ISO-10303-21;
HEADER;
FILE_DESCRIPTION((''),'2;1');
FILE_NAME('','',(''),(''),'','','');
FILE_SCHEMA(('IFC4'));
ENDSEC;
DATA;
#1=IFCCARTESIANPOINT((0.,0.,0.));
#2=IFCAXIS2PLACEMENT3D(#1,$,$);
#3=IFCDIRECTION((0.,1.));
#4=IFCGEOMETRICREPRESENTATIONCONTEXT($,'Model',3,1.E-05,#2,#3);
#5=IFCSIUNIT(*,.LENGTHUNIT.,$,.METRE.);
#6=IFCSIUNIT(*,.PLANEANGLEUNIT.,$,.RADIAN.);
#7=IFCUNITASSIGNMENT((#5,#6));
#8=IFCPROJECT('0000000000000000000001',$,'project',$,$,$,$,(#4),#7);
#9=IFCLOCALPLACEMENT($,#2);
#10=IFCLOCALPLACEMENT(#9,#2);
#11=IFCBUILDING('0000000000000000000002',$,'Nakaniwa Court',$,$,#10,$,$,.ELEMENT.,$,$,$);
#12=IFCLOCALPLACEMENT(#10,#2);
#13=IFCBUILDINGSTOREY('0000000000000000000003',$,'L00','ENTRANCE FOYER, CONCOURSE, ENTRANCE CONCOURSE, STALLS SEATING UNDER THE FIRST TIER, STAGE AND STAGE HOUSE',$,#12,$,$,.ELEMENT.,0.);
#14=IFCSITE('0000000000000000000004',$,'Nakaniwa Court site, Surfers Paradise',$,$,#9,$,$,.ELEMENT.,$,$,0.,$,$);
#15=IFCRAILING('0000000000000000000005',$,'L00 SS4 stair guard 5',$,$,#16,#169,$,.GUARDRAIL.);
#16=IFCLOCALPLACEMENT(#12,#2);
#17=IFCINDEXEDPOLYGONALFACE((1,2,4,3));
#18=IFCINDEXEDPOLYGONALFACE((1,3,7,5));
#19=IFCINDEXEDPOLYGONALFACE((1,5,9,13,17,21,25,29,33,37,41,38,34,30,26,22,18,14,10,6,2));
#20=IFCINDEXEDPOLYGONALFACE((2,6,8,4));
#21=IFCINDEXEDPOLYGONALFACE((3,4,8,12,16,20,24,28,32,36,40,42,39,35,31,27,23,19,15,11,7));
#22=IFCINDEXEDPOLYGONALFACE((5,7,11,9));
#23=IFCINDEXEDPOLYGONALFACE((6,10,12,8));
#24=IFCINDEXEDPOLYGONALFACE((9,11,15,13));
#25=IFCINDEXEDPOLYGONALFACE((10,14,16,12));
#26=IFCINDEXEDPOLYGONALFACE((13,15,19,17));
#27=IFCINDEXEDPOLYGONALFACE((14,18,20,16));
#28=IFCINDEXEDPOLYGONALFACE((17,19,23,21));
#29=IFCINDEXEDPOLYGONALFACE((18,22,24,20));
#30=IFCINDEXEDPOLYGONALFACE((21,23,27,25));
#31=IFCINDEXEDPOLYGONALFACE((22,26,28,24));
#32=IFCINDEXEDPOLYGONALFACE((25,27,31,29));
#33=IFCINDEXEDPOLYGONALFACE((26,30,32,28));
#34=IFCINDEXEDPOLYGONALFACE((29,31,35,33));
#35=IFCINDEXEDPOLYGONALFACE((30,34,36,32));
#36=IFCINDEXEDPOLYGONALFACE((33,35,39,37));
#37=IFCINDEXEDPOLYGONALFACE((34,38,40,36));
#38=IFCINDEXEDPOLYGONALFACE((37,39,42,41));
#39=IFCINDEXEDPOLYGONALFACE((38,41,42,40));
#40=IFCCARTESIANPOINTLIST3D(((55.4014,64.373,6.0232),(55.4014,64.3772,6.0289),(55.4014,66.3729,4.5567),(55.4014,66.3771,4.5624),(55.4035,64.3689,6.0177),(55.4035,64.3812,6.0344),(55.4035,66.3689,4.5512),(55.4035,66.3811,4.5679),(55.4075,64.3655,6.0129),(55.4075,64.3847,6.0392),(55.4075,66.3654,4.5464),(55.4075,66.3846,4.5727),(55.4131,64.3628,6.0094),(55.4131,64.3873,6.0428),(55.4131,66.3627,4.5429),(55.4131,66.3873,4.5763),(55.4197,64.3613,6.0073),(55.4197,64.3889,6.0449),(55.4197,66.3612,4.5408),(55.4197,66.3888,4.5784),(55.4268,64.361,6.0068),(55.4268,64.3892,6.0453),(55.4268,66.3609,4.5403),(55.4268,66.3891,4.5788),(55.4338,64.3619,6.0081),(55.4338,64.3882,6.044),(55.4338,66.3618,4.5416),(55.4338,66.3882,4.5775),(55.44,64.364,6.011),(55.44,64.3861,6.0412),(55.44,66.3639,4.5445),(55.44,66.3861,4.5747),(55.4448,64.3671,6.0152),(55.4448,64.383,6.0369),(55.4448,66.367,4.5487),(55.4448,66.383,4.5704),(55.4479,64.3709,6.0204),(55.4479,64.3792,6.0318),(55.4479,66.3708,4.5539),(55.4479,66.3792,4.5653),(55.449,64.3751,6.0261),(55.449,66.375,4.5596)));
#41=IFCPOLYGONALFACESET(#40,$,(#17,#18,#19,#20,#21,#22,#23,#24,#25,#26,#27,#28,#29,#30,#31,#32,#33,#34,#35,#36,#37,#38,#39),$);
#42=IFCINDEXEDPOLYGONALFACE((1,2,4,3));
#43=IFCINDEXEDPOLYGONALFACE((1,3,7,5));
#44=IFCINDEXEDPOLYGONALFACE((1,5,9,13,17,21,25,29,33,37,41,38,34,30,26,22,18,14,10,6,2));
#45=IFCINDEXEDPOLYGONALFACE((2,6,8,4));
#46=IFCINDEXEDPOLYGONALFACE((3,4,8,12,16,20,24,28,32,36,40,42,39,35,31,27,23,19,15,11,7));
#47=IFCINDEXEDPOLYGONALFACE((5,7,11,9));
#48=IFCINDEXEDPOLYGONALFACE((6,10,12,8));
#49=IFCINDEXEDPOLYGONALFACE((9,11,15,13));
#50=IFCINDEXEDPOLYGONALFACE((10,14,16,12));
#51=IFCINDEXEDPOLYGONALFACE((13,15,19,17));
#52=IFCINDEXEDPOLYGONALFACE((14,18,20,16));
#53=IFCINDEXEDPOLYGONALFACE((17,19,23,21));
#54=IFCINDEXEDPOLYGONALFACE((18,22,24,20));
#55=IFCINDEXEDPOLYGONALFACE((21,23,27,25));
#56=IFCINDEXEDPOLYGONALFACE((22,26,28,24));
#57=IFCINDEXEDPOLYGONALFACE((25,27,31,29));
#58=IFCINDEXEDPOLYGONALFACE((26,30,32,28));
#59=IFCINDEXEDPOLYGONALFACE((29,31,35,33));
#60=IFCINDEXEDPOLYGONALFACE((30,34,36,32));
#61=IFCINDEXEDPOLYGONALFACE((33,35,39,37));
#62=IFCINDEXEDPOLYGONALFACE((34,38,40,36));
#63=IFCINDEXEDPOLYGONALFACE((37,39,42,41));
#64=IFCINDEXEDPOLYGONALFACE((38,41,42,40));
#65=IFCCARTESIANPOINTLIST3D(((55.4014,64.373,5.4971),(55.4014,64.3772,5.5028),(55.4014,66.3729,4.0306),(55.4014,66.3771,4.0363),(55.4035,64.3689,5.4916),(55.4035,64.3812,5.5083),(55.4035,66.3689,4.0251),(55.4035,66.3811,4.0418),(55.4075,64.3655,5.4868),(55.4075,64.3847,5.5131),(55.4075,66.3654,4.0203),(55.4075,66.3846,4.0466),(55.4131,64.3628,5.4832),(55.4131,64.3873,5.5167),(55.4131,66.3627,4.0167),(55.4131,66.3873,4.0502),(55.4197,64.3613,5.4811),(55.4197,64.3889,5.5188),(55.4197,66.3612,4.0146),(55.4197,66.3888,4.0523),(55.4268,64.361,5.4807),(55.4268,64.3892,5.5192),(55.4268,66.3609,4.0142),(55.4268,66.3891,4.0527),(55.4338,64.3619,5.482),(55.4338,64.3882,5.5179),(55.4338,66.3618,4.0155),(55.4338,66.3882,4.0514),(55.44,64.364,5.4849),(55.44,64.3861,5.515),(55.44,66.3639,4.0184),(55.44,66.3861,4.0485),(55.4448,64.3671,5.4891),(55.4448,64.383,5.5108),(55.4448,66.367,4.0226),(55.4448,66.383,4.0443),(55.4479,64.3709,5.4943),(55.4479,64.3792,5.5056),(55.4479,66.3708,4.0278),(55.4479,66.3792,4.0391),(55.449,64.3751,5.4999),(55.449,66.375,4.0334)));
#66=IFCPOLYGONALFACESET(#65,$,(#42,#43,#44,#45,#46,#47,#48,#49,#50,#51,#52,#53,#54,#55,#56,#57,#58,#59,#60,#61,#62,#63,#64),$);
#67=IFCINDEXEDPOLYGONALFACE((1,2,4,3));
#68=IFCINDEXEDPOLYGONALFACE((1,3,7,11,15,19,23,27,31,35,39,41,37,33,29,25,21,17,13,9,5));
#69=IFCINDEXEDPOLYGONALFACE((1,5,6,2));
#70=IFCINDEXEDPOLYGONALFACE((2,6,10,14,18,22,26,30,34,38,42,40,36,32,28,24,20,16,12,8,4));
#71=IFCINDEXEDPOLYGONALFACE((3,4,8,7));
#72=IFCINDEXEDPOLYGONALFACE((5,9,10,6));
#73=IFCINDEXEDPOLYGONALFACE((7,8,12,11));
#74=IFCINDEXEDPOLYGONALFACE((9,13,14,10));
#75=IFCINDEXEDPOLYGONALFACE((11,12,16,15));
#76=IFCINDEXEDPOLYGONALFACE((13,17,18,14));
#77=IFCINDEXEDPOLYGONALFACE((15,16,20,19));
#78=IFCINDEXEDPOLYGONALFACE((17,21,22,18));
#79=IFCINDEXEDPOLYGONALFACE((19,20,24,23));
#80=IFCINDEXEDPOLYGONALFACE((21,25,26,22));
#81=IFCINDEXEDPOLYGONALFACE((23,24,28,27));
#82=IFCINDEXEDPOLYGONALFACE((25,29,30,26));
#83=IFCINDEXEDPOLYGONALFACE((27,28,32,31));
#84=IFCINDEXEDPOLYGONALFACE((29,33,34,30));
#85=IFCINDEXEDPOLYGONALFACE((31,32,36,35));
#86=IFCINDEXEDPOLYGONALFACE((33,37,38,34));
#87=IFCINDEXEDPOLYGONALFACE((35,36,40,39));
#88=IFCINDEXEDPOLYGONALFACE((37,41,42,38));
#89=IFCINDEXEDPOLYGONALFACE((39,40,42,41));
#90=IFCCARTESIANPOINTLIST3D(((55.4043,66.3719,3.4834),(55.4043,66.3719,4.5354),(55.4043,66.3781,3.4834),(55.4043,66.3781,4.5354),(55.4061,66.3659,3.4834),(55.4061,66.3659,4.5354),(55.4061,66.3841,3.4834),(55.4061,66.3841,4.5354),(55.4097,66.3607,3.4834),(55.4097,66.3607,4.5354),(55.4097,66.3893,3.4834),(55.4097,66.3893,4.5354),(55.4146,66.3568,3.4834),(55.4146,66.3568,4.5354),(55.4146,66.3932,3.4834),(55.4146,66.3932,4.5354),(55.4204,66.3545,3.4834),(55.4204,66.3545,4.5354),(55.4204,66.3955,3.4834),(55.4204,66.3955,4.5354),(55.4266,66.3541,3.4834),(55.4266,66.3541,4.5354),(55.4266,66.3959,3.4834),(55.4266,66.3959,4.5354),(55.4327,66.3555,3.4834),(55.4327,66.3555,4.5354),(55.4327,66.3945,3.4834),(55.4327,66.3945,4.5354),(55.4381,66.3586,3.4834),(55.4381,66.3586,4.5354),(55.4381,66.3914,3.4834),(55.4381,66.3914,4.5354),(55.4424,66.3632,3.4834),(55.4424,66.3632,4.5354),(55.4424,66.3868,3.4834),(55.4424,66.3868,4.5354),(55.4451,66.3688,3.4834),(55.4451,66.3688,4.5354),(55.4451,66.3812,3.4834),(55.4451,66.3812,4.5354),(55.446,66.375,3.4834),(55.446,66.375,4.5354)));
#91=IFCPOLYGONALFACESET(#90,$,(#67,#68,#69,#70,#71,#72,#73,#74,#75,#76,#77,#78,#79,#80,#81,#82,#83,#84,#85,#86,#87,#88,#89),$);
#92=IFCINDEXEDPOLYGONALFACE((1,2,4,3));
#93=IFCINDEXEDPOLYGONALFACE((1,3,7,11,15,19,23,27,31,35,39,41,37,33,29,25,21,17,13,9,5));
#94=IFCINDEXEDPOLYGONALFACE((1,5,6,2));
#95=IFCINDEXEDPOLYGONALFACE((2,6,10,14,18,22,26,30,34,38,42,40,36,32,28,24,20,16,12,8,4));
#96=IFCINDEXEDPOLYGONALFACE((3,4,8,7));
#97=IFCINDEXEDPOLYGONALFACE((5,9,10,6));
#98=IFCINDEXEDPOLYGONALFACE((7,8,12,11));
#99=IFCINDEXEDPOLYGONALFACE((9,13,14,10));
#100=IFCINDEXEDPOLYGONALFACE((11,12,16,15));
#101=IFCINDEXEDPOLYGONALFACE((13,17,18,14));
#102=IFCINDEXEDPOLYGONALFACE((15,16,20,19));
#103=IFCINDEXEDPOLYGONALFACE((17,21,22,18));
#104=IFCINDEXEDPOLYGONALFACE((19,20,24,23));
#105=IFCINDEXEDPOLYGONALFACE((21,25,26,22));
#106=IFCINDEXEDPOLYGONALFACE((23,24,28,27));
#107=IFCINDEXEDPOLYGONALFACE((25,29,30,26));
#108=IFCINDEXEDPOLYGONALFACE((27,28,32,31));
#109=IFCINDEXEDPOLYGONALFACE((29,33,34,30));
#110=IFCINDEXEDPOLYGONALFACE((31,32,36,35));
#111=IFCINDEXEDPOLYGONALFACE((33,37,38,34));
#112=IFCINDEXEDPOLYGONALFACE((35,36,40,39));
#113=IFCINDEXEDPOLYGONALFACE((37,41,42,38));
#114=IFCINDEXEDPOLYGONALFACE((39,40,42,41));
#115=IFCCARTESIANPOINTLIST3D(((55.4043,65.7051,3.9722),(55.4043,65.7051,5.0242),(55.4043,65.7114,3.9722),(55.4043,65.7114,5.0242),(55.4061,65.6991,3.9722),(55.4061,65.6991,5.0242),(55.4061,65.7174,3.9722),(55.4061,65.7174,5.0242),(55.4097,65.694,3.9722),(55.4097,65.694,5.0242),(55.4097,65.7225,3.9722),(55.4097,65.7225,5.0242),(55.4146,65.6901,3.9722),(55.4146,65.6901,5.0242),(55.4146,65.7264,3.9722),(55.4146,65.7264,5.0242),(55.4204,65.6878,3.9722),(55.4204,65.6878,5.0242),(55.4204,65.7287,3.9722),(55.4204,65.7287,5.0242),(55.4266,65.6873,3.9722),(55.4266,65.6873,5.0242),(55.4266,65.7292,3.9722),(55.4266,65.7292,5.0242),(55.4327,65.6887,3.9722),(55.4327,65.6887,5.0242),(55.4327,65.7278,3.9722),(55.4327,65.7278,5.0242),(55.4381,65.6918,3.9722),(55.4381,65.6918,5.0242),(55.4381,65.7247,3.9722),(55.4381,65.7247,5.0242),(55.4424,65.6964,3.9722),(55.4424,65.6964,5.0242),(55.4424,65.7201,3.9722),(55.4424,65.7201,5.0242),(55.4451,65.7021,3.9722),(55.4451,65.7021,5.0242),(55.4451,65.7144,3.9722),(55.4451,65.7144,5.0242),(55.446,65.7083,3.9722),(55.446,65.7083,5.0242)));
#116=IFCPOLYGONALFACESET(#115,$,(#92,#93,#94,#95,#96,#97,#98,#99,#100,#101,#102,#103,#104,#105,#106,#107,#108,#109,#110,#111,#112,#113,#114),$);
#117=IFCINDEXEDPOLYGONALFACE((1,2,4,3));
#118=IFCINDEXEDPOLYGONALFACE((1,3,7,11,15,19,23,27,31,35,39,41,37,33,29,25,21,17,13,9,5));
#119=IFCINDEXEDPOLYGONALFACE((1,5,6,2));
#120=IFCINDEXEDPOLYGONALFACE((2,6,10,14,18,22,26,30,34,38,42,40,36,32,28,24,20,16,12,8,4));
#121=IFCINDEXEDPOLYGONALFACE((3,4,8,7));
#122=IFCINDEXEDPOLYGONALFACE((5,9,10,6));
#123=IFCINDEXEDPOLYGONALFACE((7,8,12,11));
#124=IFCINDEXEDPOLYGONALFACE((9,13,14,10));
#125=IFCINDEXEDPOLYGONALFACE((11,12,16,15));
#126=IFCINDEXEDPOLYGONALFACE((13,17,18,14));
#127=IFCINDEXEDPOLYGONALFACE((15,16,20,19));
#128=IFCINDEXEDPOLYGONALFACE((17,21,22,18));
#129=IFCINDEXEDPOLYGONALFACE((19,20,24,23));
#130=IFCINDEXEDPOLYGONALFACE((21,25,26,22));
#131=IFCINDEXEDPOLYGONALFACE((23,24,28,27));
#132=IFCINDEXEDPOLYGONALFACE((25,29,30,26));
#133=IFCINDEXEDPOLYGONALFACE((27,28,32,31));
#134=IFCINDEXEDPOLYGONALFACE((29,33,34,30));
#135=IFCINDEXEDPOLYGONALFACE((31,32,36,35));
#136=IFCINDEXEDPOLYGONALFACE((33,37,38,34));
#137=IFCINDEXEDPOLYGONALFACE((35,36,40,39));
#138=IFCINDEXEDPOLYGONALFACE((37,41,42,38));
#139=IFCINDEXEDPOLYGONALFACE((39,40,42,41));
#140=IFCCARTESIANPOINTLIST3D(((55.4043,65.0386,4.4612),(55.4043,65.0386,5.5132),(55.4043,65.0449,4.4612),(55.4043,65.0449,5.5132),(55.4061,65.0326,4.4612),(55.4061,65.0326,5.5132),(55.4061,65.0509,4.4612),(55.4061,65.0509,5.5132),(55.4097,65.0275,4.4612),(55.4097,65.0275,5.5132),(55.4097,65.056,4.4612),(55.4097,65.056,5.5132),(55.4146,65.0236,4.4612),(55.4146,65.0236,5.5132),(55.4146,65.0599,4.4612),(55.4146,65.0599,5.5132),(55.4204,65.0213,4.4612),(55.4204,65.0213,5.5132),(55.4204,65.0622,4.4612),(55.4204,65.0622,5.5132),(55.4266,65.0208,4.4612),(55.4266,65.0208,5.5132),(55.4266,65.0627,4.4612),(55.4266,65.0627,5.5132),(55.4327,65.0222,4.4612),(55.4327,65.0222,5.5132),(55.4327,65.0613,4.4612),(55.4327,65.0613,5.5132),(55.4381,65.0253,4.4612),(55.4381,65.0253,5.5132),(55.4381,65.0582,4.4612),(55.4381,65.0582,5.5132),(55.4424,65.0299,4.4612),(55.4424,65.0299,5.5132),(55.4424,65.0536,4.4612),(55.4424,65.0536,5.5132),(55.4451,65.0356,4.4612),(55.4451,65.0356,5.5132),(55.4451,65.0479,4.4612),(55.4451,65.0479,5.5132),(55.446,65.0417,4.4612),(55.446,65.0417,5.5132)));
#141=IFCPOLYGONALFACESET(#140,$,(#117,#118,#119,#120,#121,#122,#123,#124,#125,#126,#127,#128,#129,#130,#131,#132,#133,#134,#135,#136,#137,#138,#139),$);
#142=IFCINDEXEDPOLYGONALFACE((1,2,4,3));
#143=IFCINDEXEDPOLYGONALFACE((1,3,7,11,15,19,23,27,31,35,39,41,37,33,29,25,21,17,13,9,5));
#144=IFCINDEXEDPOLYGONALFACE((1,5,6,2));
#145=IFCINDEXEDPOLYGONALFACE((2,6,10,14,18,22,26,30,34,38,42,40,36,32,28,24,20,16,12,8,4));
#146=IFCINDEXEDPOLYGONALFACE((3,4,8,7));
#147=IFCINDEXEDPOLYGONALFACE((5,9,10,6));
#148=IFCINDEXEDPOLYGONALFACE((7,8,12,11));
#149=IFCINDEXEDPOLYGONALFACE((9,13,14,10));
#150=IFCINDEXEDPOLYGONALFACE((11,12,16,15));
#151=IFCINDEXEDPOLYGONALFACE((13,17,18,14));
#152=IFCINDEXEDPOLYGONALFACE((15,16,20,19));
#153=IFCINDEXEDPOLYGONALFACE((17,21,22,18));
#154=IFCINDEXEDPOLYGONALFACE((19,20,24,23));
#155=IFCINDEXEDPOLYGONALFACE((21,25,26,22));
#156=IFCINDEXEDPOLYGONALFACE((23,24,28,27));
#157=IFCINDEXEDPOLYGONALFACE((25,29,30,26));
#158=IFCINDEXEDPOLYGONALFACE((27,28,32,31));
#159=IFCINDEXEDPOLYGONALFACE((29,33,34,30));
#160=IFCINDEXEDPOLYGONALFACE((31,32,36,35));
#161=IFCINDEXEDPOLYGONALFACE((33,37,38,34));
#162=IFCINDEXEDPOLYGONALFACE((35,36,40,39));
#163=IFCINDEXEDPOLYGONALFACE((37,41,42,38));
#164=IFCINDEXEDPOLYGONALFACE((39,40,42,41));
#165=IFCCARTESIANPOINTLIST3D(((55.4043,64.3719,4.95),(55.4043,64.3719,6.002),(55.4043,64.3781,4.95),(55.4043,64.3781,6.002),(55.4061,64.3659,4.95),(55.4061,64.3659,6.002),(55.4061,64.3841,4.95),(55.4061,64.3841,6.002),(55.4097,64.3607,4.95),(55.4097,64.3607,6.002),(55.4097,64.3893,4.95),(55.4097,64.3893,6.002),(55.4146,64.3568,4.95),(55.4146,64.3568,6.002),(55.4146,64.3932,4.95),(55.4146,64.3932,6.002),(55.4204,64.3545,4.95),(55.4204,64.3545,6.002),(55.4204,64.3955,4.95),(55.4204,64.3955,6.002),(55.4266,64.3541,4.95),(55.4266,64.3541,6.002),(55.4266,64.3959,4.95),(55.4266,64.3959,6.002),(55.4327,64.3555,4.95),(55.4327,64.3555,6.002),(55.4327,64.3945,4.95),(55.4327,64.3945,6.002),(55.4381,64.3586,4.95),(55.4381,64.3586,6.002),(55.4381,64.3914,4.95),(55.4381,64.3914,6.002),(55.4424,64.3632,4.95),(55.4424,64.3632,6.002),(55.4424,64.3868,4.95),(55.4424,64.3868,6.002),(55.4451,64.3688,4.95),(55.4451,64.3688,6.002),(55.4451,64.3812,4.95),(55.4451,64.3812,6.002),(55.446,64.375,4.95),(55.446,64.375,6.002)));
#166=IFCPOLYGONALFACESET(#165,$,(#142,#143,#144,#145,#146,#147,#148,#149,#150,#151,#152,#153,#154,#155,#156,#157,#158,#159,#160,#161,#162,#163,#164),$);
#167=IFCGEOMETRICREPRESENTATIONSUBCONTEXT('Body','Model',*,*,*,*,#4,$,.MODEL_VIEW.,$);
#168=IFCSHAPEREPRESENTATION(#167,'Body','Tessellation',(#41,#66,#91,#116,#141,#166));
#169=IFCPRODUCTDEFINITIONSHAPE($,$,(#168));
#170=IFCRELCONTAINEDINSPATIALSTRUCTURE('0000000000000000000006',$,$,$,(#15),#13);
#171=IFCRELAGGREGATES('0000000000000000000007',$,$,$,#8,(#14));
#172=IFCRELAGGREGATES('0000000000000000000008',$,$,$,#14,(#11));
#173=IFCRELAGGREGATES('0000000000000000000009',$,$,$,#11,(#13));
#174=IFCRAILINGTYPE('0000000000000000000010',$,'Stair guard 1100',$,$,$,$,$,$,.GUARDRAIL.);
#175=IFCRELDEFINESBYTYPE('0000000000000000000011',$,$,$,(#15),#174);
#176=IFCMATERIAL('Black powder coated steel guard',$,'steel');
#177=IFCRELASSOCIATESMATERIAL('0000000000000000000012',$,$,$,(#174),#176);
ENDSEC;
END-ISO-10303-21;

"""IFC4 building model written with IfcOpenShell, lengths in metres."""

from ifc_helpers import new_model, si_unit, direction, frame, origin, origin_2d, place, context, subcontext, project, spatial, circle, extrude, material, type_object, element, save


model = new_model("IFC4")

# Units and contexts
model_context = context("Model", 3, precision=1e-05, world=origin(), true_north=direction((0.0, 1.0)))
body_context = subcontext(model_context, "Body", "Model", "MODEL_VIEW")
ifc_project = project(units=[si_unit("LENGTHUNIT", "METRE"), si_unit("PLANEANGLEUNIT", "RADIAN")], contexts=[model_context])

# Site, building, storey
site_placement = place(None, origin())
site = spatial("IfcSite", under=ifc_project, at=site_placement, Name="Nakaniwa Court site, Surfers Paradise", CompositionType="ELEMENT", RefElevation=0.0)
building_placement = place(site_placement, origin())
building = spatial("IfcBuilding", under=site, at=building_placement, Name="Nakaniwa Court", CompositionType="ELEMENT")
storey_placement = place(building_placement, origin())
storey = spatial("IfcBuildingStorey", under=building, at=storey_placement, Name="L00", Description="ENTRANCE FOYER, CONCOURSE, ENTRANCE CONCOURSE, STALLS SEATING UNDER THE FIRST TIER, STAGE AND STAGE HOUSE", CompositionType="ELEMENT", Elevation=0.0)

# Railing
ifc_material_1 = material(Name="Black powder coated steel guard", Category="steel")
railing_type_1 = type_object("IfcRailingType", Name="Stair guard 1100", PredefinedType="GUARDRAIL", material=ifc_material_1)
railing_1_placement = place(storey_placement, frame((55.425, 66.375, 3.4834)))
element("IfcRailing", 1, at=railing_1_placement, inside=storey, type_object=railing_type_1, Name="L00 SS4 stair guard 5", PredefinedType="GUARDRAIL", context=body_context, shape_type="SweptSolid", body=[
    extrude(circle(Radius=0.0239, at=origin_2d()), frame((0.0, 0.0, 1.0762), z_axis=(0.0, -0.806427, 0.591334), x_axis=(1.0, 0.0, 0.0)), (0.0, 0.0, 1.0), 2.48),
    extrude(circle(Radius=0.0239, at=origin_2d()), frame((0.0, 0.0, 0.55), z_axis=(0.0, -0.806427, 0.591334), x_axis=(1.0, 0.0, 0.0)), (0.0, 0.0, 1.0), 2.48),
    extrude(circle(Radius=0.021, at=origin_2d()), origin(), (0.0, 0.0, 1.0), 1.052),
    extrude(circle(Radius=0.021, at=origin_2d()), frame((0.0, -0.6667, 0.4888)), (0.0, 0.0, 1.0), 1.052),
    extrude(circle(Radius=0.021, at=origin_2d()), frame((0.0, -1.3333, 0.9778)), (0.0, 0.0, 1.0), 1.052),
    extrude(circle(Radius=0.021, at=origin_2d()), frame((0.0, -2.0, 1.4666)), (0.0, 0.0, 1.0), 1.052),
])

save(model, "model.ifc")
